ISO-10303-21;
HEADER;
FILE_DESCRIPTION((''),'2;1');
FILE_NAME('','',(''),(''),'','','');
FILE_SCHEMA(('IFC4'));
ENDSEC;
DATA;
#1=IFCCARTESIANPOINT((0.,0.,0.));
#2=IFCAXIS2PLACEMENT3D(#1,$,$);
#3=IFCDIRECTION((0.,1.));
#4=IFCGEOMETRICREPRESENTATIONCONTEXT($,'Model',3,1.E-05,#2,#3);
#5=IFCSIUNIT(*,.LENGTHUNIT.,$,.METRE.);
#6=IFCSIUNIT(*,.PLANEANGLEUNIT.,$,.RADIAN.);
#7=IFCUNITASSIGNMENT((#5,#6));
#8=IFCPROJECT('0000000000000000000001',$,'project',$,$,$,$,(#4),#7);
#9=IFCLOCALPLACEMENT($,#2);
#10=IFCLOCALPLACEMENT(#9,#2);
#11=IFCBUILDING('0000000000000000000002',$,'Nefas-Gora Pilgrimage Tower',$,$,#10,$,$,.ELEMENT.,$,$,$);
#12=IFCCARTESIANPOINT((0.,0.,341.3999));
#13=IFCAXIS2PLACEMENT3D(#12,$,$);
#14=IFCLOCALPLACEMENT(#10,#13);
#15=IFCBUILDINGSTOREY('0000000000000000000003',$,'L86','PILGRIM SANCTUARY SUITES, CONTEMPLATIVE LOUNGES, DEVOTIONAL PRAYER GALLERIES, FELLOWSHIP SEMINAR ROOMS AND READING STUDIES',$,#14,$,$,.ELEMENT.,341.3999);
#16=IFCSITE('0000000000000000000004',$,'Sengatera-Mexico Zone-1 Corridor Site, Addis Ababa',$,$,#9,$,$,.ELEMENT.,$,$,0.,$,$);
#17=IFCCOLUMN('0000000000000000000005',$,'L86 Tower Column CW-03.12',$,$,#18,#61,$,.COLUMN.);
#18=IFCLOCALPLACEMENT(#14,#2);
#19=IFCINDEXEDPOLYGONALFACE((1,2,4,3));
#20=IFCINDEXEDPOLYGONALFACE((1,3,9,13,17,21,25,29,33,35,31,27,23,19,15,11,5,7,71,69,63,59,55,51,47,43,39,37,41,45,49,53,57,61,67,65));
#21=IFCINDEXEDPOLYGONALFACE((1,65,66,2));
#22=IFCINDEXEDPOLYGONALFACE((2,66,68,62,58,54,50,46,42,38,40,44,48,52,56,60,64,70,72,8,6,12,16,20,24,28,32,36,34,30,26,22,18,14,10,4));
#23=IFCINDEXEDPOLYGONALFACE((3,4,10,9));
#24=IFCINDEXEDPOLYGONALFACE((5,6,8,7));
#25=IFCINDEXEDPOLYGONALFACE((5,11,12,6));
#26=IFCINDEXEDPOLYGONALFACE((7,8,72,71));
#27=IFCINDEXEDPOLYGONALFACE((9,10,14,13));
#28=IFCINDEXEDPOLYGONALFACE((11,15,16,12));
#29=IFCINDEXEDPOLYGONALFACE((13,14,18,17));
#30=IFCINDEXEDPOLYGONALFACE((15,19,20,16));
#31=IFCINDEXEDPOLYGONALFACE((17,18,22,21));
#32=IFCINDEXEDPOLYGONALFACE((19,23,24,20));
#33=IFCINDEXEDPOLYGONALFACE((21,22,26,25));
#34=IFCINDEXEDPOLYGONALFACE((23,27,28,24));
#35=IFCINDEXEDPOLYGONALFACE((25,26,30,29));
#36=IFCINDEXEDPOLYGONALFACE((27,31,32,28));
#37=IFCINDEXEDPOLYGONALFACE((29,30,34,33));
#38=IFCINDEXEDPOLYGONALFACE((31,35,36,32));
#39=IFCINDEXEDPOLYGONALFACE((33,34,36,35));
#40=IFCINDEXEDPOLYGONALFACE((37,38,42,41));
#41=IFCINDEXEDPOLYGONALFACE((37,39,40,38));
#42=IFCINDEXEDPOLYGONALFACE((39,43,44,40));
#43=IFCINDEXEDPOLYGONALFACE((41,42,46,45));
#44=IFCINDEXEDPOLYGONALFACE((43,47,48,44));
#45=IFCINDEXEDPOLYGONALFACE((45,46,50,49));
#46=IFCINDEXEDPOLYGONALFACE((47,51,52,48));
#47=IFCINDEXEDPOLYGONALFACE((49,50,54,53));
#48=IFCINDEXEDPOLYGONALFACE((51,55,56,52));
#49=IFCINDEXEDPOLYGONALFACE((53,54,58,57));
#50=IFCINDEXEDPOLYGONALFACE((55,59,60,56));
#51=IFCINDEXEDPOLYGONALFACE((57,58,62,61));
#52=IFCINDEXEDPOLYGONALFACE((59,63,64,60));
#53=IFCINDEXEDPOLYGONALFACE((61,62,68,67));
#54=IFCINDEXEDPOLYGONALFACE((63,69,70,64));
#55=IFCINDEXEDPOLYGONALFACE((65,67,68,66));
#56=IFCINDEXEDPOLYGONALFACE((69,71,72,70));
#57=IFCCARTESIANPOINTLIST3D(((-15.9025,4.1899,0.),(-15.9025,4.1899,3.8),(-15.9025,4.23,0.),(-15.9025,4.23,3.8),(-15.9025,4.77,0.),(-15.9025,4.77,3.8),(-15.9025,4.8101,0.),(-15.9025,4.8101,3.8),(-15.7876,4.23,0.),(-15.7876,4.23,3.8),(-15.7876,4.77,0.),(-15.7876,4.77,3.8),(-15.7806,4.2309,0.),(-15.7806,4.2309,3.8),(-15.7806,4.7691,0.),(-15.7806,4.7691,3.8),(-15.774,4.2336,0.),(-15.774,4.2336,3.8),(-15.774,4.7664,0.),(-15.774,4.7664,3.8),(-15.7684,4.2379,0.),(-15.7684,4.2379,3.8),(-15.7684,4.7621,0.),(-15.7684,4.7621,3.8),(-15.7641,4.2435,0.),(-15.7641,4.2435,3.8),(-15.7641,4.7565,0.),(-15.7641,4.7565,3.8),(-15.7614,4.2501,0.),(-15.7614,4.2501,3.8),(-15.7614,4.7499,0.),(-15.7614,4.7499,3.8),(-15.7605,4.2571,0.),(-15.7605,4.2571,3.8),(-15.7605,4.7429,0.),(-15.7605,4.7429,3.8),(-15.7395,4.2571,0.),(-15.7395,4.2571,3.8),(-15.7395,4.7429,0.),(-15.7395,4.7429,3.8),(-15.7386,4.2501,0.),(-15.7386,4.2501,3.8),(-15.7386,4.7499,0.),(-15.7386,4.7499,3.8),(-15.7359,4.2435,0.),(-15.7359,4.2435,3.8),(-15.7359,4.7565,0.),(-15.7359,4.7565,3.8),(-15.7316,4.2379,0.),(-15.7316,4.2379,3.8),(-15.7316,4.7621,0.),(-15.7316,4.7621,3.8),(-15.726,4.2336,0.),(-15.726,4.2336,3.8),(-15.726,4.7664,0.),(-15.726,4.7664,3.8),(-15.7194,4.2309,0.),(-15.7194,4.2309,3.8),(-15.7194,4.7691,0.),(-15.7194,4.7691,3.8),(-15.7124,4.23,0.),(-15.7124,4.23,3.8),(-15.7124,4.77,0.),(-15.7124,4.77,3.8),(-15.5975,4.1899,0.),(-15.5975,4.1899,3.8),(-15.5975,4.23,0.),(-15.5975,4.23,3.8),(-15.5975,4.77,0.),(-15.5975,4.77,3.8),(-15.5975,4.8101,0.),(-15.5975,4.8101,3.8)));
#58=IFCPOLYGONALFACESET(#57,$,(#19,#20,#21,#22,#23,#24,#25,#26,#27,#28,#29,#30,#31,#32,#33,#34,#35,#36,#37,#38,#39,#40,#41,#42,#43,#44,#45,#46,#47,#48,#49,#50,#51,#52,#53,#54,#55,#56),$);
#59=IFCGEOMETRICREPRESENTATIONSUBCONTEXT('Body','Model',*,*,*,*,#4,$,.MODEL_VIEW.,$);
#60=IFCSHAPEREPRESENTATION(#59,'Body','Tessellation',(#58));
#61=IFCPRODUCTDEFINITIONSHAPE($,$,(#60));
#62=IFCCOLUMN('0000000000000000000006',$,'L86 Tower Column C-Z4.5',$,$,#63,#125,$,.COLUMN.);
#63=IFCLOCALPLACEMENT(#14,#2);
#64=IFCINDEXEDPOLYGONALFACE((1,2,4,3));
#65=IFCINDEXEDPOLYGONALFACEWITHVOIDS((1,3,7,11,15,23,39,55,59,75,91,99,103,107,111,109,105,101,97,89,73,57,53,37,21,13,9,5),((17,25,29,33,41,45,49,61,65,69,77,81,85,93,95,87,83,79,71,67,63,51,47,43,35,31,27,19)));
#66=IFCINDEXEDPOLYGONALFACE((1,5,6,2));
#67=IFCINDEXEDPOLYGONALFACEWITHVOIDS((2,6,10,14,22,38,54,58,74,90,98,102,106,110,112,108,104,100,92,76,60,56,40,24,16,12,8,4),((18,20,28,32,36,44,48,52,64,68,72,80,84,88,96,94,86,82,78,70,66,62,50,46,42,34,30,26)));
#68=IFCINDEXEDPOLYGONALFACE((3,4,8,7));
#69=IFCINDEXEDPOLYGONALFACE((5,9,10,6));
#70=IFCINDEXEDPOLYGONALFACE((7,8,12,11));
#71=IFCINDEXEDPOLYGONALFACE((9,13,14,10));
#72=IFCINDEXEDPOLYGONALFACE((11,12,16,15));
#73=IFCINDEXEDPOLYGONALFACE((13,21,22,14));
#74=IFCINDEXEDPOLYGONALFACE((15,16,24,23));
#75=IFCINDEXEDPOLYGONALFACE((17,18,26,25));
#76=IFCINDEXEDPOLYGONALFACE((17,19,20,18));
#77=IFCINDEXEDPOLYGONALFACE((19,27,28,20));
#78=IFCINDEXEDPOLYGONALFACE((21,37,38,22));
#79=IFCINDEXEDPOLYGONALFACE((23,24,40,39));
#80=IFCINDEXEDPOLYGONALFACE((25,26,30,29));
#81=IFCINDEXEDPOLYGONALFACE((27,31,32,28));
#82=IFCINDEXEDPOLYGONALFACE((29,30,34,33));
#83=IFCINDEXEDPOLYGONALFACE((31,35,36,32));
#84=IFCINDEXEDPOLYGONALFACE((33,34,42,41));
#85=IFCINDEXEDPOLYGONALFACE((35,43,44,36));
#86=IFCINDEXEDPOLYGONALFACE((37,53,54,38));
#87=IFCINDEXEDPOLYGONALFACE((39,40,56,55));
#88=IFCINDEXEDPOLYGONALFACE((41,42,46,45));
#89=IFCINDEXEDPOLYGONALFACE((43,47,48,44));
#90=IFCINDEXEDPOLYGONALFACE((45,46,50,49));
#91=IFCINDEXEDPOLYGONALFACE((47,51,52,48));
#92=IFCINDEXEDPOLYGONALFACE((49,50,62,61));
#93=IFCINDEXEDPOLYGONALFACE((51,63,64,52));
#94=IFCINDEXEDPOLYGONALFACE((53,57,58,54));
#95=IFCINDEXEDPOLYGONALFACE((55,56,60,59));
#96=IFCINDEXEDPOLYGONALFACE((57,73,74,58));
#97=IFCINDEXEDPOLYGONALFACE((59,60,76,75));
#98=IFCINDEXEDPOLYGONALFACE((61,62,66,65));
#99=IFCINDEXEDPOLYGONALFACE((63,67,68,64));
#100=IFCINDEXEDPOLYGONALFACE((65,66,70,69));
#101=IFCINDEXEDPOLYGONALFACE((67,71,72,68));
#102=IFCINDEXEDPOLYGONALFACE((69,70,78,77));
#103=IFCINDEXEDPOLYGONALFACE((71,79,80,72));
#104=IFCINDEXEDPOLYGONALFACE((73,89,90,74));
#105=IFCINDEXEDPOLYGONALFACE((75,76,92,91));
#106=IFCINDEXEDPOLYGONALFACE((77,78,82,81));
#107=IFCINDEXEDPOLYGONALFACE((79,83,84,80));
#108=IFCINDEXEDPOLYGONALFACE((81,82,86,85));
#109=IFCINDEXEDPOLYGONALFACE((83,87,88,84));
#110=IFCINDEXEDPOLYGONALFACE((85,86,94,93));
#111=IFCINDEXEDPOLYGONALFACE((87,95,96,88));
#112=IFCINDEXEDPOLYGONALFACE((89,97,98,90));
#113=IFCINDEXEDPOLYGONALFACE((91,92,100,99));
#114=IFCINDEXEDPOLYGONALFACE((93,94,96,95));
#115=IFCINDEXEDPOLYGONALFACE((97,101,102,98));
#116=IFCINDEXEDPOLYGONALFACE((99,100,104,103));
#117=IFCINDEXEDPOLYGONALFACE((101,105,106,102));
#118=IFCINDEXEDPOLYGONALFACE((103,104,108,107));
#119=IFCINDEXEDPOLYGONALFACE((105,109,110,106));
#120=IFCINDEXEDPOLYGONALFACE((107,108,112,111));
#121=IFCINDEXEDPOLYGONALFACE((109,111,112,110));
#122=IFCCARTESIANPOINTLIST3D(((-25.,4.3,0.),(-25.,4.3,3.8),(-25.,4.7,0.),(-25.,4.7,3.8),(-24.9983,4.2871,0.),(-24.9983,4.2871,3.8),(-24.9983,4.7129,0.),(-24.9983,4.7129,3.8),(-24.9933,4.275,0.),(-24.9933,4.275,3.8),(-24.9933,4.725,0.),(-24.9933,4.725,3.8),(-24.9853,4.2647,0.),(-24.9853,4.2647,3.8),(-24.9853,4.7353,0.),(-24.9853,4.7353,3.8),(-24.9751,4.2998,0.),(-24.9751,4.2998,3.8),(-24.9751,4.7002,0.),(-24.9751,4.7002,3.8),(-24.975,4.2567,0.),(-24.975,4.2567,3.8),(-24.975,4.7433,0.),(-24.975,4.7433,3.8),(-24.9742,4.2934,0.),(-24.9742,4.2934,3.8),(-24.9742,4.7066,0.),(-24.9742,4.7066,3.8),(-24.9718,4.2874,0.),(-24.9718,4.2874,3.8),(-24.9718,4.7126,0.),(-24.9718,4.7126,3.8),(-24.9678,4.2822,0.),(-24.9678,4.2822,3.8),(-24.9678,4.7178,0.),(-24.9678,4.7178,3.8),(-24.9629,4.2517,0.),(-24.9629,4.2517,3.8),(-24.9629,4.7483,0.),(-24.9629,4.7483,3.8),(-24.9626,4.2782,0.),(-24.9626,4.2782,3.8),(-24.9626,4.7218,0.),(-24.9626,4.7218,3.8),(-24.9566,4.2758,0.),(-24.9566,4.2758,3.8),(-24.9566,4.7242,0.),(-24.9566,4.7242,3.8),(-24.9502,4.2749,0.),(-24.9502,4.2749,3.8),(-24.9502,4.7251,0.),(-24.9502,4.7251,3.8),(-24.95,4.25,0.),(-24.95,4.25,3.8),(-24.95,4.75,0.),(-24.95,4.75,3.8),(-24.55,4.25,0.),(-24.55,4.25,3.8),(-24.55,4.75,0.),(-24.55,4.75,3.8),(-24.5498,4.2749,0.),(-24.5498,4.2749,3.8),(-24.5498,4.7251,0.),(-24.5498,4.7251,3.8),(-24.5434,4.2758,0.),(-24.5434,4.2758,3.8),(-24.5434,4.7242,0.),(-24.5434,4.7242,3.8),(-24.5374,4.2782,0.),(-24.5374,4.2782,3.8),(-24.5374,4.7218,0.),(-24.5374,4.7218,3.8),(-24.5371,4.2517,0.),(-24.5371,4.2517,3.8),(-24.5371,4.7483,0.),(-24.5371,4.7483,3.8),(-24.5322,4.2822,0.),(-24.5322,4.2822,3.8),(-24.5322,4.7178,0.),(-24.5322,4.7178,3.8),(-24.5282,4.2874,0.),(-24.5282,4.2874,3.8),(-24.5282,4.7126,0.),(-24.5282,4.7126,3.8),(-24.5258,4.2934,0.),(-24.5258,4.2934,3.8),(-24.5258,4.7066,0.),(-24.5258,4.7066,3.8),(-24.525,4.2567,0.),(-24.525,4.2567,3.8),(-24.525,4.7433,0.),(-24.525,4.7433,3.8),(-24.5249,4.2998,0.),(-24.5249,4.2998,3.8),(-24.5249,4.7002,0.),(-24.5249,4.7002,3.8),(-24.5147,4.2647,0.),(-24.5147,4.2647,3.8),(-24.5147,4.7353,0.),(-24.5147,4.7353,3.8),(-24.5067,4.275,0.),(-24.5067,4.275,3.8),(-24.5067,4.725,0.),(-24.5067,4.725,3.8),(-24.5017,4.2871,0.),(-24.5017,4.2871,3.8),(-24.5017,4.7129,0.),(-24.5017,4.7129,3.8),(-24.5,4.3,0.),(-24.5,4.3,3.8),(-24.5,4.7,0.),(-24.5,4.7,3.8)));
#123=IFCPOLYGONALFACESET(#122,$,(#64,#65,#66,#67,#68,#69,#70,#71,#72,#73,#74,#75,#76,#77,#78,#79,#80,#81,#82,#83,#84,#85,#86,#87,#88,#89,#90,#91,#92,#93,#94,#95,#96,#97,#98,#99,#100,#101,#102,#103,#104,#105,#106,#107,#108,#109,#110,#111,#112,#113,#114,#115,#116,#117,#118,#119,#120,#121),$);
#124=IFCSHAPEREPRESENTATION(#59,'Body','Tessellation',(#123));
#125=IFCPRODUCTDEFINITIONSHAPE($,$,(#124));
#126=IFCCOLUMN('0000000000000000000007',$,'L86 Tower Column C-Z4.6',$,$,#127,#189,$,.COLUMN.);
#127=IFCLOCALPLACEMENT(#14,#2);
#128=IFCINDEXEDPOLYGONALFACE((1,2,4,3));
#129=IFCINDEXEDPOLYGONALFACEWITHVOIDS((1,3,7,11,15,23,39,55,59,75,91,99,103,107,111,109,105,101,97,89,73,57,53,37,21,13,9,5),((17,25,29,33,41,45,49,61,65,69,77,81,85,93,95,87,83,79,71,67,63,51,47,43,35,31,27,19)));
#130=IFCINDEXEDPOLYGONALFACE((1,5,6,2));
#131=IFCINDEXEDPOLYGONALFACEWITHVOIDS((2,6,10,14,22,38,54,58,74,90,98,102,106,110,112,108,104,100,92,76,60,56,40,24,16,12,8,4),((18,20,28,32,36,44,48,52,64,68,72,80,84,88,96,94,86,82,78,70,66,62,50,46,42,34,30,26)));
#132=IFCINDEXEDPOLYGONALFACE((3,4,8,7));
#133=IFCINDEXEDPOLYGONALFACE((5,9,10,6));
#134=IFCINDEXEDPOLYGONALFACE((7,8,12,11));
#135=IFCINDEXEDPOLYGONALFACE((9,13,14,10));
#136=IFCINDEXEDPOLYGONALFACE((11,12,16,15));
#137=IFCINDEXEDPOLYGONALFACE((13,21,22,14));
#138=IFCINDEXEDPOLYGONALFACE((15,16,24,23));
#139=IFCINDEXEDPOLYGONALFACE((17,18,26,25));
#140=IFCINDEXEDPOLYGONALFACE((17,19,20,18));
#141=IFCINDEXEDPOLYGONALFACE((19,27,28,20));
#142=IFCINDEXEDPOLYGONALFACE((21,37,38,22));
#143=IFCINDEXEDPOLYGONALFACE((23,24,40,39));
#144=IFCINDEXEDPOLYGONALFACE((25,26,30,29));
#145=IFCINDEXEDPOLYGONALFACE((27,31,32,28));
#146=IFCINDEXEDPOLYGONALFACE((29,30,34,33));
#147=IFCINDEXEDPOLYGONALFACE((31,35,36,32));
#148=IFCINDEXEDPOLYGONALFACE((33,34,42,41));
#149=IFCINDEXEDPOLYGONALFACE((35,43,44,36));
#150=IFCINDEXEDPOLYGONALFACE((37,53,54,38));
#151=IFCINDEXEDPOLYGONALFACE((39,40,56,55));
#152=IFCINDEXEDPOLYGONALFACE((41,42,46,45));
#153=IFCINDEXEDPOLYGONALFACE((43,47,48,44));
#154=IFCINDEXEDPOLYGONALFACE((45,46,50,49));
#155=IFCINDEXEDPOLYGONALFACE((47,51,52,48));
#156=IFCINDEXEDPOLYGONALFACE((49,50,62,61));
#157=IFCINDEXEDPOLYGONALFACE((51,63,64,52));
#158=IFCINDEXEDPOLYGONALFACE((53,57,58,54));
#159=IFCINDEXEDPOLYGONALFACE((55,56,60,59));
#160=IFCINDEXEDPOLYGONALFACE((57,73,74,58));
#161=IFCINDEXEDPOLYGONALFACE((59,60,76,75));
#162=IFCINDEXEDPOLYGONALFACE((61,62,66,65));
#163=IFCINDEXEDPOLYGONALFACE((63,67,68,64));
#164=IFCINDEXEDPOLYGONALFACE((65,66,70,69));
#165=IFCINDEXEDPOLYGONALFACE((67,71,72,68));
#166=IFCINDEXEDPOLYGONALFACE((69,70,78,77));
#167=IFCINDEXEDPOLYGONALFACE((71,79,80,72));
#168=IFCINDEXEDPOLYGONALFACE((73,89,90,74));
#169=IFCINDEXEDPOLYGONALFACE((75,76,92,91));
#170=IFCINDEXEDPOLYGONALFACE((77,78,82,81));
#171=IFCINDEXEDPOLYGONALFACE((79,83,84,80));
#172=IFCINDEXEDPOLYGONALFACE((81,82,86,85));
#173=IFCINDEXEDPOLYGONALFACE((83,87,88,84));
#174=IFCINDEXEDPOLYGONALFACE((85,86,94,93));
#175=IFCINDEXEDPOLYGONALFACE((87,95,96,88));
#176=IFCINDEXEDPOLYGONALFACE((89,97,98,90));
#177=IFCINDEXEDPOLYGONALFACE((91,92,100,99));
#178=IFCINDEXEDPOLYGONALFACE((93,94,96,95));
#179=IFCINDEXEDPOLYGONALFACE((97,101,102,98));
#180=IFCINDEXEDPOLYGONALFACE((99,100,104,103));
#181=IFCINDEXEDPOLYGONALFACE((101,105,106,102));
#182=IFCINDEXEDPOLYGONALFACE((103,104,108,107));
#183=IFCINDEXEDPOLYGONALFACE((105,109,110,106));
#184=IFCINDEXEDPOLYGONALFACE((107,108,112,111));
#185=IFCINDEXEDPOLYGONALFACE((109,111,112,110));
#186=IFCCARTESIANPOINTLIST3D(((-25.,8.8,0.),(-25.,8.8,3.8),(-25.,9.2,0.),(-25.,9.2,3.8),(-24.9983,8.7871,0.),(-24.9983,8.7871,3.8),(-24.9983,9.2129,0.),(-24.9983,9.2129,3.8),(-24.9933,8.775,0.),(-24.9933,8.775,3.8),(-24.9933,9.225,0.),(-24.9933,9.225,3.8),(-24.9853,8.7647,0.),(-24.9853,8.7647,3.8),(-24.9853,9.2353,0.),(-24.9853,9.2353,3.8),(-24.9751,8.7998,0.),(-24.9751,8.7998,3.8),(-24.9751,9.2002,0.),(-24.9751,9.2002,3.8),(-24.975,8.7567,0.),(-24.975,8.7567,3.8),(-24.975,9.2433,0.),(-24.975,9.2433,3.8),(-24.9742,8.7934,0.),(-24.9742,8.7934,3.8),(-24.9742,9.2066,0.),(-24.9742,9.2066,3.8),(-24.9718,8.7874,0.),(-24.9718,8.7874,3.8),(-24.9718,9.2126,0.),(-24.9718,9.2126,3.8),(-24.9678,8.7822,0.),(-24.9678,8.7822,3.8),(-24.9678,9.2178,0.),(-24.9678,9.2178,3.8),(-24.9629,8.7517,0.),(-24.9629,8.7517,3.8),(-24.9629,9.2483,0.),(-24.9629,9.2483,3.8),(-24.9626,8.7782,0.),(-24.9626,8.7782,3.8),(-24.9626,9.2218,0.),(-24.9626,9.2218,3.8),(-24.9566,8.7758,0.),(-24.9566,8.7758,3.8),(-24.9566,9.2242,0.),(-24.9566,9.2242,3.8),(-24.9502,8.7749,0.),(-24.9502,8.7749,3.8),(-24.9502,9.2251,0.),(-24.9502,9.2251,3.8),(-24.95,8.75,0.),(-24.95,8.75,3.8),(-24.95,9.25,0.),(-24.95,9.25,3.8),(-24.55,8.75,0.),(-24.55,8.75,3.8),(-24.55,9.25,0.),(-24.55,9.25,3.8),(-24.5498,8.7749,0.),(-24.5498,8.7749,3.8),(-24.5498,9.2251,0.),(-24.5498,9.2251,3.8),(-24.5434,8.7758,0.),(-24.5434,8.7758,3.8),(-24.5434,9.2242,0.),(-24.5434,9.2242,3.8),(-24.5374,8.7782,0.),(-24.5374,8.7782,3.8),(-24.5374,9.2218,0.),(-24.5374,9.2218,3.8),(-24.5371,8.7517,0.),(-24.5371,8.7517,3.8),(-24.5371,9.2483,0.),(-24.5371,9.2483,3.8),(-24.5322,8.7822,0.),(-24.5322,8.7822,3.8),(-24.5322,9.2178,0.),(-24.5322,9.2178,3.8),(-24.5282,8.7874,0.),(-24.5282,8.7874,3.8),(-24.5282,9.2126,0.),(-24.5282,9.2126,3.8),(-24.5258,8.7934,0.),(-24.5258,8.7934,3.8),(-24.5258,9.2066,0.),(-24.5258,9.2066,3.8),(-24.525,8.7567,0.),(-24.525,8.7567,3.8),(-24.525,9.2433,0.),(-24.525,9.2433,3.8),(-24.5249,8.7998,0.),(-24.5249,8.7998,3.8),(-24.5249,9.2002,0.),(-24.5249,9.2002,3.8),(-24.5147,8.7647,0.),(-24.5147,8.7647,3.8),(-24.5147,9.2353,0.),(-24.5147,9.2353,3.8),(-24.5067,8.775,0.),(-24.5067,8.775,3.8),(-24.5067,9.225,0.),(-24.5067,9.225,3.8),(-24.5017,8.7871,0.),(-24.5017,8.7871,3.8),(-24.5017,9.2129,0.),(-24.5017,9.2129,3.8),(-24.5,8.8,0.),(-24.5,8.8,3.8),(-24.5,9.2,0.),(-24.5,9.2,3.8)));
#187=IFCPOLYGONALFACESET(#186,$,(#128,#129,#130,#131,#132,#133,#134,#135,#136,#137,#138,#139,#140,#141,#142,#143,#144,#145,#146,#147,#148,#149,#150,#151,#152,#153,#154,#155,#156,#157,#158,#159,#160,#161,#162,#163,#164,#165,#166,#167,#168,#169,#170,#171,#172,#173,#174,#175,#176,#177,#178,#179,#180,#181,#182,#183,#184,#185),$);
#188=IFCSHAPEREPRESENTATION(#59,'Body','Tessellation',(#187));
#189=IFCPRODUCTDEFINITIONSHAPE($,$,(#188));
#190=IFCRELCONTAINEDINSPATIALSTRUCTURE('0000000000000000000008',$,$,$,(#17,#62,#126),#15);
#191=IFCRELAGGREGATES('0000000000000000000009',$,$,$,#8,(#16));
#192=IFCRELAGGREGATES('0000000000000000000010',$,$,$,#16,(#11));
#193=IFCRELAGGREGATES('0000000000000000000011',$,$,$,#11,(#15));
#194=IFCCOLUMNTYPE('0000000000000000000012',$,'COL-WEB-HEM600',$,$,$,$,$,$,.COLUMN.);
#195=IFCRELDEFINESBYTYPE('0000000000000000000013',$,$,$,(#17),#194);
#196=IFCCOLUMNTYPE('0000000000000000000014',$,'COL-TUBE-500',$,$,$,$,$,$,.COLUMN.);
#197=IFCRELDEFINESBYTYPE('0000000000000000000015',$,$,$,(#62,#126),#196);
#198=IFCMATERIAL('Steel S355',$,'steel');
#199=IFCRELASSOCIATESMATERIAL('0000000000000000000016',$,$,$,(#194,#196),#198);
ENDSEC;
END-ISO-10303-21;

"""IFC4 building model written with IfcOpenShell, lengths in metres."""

from ifc_helpers import new_model, si_unit, direction, frame, origin, origin_2d, place, context, subcontext, project, spatial, hollow_rectangle, i_section, extrude, source, transform, mapped, material, material_profile, profile_set, type_object, element, save


model = new_model("IFC4")

# Units and contexts
model_context = context("Model", 3, precision=1e-05, world=origin(), true_north=direction((0.0, 1.0)))
body_context = subcontext(model_context, "Body", "Model", "MODEL_VIEW")
ifc_project = project(units=[si_unit("LENGTHUNIT", "METRE"), si_unit("PLANEANGLEUNIT", "RADIAN")], contexts=[model_context])

# Site, building, storey
site_placement = place(None, origin())
site = spatial("IfcSite", under=ifc_project, at=site_placement, Name="Sengatera-Mexico Zone-1 Corridor Site, Addis Ababa", CompositionType="ELEMENT", RefElevation=0.0)
building_placement = place(site_placement, origin())
building = spatial("IfcBuilding", under=site, at=building_placement, Name="Nefas-Gora Pilgrimage Tower", CompositionType="ELEMENT")
storey_placement = place(building_placement, frame((0.0, 0.0, 341.3999)))
storey = spatial("IfcBuildingStorey", under=building, at=storey_placement, Name="L86", Description="PILGRIM SANCTUARY SUITES, CONTEMPLATIVE LOUNGES, DEVOTIONAL PRAYER GALLERIES, FELLOWSHIP SEMINAR ROOMS AND READING STUDIES", CompositionType="ELEMENT", Elevation=341.3999)

# Columns
ifc_material_1 = material(Name="Steel S355", Category="steel")
ifc_material_profile_1 = material_profile(ifc_material_1, i_section(OverallWidth=0.3049, OverallDepth=0.6201, WebThickness=0.021, FlangeThickness=0.04, FilletRadius=0.0271, at=origin_2d()), Name="HEM 600")
ifc_profile_set_1 = profile_set([ifc_material_profile_1], Name="Steel S355")
column_type_1 = type_object("IfcColumnType", Name="COL-WEB-HEM600", PredefinedType="COLUMN", material=ifc_profile_set_1)
shared_shape_1 = source(origin(), body_context, "Body", "SweptSolid", [
    extrude(i_section(OverallWidth=0.3049, OverallDepth=0.6201, WebThickness=0.021, FlangeThickness=0.04, FilletRadius=0.0271, at=origin_2d()), origin(), (0.0, 0.0, 1.0), 3.8),
])
column_placement = place(storey_placement, frame((-15.75, 4.5, 0.0), z_axis=(0.0, 0.0, 1.0), x_axis=(1.0, 0.0, 0.0)))
element("IfcColumn", 1, at=column_placement, inside=storey, type_object=column_type_1, Name="L86 Tower Column CW-03.12", PredefinedType="COLUMN", context=body_context, shape_type="MappedRepresentation", body=[
    mapped(shared_shape_1, transform((0.0, 0.0, 0.0), x_axis=(1.0, 0.0, 0.0), y_axis=(0.0, 1.0, 0.0), z_axis=(0.0, 0.0, 1.0), scale=1.0)),
])
ifc_material_profile_2 = material_profile(ifc_material_1, hollow_rectangle(XDim=0.5, YDim=0.5, WallThickness=0.0249, InnerFilletRadius=0.0249, OuterFilletRadius=0.05, at=origin_2d()), Name="SHS 500x500x25")
ifc_profile_set_2 = profile_set([ifc_material_profile_2], Name="Steel S355")
column_type_2 = type_object("IfcColumnType", Name="COL-TUBE-500", PredefinedType="COLUMN", material=ifc_profile_set_2)
shared_shape_2 = source(origin(), body_context, "Body", "SweptSolid", [
    extrude(hollow_rectangle(XDim=0.5, YDim=0.5, WallThickness=0.0249, InnerFilletRadius=0.0249, OuterFilletRadius=0.05, at=origin_2d()), origin(), (0.0, 0.0, 1.0), 3.8),
])
for number, where, z_axis, x_axis, name in (
    (2, (-24.75, 4.5, 0.0), (0.0, 0.0, 1.0), (1.0, 0.0, 0.0), "L86 Tower Column C-Z4.5"),
    (3, (-24.75, 9.0, 0.0), (0.0, 0.0, 1.0), (1.0, 0.0, 0.0), "L86 Tower Column C-Z4.6"),
):
    element("IfcColumn", number, at=place(storey_placement, frame(where, z_axis=z_axis, x_axis=x_axis)), inside=storey, type_object=column_type_2, Name=name, PredefinedType="COLUMN", context=body_context, shape_type="MappedRepresentation", body=[
        mapped(shared_shape_2, transform((0.0, 0.0, 0.0), x_axis=(1.0, 0.0, 0.0), y_axis=(0.0, 1.0, 0.0), z_axis=(0.0, 0.0, 1.0), scale=1.0)),
    ])

save(model, "model.ifc")
